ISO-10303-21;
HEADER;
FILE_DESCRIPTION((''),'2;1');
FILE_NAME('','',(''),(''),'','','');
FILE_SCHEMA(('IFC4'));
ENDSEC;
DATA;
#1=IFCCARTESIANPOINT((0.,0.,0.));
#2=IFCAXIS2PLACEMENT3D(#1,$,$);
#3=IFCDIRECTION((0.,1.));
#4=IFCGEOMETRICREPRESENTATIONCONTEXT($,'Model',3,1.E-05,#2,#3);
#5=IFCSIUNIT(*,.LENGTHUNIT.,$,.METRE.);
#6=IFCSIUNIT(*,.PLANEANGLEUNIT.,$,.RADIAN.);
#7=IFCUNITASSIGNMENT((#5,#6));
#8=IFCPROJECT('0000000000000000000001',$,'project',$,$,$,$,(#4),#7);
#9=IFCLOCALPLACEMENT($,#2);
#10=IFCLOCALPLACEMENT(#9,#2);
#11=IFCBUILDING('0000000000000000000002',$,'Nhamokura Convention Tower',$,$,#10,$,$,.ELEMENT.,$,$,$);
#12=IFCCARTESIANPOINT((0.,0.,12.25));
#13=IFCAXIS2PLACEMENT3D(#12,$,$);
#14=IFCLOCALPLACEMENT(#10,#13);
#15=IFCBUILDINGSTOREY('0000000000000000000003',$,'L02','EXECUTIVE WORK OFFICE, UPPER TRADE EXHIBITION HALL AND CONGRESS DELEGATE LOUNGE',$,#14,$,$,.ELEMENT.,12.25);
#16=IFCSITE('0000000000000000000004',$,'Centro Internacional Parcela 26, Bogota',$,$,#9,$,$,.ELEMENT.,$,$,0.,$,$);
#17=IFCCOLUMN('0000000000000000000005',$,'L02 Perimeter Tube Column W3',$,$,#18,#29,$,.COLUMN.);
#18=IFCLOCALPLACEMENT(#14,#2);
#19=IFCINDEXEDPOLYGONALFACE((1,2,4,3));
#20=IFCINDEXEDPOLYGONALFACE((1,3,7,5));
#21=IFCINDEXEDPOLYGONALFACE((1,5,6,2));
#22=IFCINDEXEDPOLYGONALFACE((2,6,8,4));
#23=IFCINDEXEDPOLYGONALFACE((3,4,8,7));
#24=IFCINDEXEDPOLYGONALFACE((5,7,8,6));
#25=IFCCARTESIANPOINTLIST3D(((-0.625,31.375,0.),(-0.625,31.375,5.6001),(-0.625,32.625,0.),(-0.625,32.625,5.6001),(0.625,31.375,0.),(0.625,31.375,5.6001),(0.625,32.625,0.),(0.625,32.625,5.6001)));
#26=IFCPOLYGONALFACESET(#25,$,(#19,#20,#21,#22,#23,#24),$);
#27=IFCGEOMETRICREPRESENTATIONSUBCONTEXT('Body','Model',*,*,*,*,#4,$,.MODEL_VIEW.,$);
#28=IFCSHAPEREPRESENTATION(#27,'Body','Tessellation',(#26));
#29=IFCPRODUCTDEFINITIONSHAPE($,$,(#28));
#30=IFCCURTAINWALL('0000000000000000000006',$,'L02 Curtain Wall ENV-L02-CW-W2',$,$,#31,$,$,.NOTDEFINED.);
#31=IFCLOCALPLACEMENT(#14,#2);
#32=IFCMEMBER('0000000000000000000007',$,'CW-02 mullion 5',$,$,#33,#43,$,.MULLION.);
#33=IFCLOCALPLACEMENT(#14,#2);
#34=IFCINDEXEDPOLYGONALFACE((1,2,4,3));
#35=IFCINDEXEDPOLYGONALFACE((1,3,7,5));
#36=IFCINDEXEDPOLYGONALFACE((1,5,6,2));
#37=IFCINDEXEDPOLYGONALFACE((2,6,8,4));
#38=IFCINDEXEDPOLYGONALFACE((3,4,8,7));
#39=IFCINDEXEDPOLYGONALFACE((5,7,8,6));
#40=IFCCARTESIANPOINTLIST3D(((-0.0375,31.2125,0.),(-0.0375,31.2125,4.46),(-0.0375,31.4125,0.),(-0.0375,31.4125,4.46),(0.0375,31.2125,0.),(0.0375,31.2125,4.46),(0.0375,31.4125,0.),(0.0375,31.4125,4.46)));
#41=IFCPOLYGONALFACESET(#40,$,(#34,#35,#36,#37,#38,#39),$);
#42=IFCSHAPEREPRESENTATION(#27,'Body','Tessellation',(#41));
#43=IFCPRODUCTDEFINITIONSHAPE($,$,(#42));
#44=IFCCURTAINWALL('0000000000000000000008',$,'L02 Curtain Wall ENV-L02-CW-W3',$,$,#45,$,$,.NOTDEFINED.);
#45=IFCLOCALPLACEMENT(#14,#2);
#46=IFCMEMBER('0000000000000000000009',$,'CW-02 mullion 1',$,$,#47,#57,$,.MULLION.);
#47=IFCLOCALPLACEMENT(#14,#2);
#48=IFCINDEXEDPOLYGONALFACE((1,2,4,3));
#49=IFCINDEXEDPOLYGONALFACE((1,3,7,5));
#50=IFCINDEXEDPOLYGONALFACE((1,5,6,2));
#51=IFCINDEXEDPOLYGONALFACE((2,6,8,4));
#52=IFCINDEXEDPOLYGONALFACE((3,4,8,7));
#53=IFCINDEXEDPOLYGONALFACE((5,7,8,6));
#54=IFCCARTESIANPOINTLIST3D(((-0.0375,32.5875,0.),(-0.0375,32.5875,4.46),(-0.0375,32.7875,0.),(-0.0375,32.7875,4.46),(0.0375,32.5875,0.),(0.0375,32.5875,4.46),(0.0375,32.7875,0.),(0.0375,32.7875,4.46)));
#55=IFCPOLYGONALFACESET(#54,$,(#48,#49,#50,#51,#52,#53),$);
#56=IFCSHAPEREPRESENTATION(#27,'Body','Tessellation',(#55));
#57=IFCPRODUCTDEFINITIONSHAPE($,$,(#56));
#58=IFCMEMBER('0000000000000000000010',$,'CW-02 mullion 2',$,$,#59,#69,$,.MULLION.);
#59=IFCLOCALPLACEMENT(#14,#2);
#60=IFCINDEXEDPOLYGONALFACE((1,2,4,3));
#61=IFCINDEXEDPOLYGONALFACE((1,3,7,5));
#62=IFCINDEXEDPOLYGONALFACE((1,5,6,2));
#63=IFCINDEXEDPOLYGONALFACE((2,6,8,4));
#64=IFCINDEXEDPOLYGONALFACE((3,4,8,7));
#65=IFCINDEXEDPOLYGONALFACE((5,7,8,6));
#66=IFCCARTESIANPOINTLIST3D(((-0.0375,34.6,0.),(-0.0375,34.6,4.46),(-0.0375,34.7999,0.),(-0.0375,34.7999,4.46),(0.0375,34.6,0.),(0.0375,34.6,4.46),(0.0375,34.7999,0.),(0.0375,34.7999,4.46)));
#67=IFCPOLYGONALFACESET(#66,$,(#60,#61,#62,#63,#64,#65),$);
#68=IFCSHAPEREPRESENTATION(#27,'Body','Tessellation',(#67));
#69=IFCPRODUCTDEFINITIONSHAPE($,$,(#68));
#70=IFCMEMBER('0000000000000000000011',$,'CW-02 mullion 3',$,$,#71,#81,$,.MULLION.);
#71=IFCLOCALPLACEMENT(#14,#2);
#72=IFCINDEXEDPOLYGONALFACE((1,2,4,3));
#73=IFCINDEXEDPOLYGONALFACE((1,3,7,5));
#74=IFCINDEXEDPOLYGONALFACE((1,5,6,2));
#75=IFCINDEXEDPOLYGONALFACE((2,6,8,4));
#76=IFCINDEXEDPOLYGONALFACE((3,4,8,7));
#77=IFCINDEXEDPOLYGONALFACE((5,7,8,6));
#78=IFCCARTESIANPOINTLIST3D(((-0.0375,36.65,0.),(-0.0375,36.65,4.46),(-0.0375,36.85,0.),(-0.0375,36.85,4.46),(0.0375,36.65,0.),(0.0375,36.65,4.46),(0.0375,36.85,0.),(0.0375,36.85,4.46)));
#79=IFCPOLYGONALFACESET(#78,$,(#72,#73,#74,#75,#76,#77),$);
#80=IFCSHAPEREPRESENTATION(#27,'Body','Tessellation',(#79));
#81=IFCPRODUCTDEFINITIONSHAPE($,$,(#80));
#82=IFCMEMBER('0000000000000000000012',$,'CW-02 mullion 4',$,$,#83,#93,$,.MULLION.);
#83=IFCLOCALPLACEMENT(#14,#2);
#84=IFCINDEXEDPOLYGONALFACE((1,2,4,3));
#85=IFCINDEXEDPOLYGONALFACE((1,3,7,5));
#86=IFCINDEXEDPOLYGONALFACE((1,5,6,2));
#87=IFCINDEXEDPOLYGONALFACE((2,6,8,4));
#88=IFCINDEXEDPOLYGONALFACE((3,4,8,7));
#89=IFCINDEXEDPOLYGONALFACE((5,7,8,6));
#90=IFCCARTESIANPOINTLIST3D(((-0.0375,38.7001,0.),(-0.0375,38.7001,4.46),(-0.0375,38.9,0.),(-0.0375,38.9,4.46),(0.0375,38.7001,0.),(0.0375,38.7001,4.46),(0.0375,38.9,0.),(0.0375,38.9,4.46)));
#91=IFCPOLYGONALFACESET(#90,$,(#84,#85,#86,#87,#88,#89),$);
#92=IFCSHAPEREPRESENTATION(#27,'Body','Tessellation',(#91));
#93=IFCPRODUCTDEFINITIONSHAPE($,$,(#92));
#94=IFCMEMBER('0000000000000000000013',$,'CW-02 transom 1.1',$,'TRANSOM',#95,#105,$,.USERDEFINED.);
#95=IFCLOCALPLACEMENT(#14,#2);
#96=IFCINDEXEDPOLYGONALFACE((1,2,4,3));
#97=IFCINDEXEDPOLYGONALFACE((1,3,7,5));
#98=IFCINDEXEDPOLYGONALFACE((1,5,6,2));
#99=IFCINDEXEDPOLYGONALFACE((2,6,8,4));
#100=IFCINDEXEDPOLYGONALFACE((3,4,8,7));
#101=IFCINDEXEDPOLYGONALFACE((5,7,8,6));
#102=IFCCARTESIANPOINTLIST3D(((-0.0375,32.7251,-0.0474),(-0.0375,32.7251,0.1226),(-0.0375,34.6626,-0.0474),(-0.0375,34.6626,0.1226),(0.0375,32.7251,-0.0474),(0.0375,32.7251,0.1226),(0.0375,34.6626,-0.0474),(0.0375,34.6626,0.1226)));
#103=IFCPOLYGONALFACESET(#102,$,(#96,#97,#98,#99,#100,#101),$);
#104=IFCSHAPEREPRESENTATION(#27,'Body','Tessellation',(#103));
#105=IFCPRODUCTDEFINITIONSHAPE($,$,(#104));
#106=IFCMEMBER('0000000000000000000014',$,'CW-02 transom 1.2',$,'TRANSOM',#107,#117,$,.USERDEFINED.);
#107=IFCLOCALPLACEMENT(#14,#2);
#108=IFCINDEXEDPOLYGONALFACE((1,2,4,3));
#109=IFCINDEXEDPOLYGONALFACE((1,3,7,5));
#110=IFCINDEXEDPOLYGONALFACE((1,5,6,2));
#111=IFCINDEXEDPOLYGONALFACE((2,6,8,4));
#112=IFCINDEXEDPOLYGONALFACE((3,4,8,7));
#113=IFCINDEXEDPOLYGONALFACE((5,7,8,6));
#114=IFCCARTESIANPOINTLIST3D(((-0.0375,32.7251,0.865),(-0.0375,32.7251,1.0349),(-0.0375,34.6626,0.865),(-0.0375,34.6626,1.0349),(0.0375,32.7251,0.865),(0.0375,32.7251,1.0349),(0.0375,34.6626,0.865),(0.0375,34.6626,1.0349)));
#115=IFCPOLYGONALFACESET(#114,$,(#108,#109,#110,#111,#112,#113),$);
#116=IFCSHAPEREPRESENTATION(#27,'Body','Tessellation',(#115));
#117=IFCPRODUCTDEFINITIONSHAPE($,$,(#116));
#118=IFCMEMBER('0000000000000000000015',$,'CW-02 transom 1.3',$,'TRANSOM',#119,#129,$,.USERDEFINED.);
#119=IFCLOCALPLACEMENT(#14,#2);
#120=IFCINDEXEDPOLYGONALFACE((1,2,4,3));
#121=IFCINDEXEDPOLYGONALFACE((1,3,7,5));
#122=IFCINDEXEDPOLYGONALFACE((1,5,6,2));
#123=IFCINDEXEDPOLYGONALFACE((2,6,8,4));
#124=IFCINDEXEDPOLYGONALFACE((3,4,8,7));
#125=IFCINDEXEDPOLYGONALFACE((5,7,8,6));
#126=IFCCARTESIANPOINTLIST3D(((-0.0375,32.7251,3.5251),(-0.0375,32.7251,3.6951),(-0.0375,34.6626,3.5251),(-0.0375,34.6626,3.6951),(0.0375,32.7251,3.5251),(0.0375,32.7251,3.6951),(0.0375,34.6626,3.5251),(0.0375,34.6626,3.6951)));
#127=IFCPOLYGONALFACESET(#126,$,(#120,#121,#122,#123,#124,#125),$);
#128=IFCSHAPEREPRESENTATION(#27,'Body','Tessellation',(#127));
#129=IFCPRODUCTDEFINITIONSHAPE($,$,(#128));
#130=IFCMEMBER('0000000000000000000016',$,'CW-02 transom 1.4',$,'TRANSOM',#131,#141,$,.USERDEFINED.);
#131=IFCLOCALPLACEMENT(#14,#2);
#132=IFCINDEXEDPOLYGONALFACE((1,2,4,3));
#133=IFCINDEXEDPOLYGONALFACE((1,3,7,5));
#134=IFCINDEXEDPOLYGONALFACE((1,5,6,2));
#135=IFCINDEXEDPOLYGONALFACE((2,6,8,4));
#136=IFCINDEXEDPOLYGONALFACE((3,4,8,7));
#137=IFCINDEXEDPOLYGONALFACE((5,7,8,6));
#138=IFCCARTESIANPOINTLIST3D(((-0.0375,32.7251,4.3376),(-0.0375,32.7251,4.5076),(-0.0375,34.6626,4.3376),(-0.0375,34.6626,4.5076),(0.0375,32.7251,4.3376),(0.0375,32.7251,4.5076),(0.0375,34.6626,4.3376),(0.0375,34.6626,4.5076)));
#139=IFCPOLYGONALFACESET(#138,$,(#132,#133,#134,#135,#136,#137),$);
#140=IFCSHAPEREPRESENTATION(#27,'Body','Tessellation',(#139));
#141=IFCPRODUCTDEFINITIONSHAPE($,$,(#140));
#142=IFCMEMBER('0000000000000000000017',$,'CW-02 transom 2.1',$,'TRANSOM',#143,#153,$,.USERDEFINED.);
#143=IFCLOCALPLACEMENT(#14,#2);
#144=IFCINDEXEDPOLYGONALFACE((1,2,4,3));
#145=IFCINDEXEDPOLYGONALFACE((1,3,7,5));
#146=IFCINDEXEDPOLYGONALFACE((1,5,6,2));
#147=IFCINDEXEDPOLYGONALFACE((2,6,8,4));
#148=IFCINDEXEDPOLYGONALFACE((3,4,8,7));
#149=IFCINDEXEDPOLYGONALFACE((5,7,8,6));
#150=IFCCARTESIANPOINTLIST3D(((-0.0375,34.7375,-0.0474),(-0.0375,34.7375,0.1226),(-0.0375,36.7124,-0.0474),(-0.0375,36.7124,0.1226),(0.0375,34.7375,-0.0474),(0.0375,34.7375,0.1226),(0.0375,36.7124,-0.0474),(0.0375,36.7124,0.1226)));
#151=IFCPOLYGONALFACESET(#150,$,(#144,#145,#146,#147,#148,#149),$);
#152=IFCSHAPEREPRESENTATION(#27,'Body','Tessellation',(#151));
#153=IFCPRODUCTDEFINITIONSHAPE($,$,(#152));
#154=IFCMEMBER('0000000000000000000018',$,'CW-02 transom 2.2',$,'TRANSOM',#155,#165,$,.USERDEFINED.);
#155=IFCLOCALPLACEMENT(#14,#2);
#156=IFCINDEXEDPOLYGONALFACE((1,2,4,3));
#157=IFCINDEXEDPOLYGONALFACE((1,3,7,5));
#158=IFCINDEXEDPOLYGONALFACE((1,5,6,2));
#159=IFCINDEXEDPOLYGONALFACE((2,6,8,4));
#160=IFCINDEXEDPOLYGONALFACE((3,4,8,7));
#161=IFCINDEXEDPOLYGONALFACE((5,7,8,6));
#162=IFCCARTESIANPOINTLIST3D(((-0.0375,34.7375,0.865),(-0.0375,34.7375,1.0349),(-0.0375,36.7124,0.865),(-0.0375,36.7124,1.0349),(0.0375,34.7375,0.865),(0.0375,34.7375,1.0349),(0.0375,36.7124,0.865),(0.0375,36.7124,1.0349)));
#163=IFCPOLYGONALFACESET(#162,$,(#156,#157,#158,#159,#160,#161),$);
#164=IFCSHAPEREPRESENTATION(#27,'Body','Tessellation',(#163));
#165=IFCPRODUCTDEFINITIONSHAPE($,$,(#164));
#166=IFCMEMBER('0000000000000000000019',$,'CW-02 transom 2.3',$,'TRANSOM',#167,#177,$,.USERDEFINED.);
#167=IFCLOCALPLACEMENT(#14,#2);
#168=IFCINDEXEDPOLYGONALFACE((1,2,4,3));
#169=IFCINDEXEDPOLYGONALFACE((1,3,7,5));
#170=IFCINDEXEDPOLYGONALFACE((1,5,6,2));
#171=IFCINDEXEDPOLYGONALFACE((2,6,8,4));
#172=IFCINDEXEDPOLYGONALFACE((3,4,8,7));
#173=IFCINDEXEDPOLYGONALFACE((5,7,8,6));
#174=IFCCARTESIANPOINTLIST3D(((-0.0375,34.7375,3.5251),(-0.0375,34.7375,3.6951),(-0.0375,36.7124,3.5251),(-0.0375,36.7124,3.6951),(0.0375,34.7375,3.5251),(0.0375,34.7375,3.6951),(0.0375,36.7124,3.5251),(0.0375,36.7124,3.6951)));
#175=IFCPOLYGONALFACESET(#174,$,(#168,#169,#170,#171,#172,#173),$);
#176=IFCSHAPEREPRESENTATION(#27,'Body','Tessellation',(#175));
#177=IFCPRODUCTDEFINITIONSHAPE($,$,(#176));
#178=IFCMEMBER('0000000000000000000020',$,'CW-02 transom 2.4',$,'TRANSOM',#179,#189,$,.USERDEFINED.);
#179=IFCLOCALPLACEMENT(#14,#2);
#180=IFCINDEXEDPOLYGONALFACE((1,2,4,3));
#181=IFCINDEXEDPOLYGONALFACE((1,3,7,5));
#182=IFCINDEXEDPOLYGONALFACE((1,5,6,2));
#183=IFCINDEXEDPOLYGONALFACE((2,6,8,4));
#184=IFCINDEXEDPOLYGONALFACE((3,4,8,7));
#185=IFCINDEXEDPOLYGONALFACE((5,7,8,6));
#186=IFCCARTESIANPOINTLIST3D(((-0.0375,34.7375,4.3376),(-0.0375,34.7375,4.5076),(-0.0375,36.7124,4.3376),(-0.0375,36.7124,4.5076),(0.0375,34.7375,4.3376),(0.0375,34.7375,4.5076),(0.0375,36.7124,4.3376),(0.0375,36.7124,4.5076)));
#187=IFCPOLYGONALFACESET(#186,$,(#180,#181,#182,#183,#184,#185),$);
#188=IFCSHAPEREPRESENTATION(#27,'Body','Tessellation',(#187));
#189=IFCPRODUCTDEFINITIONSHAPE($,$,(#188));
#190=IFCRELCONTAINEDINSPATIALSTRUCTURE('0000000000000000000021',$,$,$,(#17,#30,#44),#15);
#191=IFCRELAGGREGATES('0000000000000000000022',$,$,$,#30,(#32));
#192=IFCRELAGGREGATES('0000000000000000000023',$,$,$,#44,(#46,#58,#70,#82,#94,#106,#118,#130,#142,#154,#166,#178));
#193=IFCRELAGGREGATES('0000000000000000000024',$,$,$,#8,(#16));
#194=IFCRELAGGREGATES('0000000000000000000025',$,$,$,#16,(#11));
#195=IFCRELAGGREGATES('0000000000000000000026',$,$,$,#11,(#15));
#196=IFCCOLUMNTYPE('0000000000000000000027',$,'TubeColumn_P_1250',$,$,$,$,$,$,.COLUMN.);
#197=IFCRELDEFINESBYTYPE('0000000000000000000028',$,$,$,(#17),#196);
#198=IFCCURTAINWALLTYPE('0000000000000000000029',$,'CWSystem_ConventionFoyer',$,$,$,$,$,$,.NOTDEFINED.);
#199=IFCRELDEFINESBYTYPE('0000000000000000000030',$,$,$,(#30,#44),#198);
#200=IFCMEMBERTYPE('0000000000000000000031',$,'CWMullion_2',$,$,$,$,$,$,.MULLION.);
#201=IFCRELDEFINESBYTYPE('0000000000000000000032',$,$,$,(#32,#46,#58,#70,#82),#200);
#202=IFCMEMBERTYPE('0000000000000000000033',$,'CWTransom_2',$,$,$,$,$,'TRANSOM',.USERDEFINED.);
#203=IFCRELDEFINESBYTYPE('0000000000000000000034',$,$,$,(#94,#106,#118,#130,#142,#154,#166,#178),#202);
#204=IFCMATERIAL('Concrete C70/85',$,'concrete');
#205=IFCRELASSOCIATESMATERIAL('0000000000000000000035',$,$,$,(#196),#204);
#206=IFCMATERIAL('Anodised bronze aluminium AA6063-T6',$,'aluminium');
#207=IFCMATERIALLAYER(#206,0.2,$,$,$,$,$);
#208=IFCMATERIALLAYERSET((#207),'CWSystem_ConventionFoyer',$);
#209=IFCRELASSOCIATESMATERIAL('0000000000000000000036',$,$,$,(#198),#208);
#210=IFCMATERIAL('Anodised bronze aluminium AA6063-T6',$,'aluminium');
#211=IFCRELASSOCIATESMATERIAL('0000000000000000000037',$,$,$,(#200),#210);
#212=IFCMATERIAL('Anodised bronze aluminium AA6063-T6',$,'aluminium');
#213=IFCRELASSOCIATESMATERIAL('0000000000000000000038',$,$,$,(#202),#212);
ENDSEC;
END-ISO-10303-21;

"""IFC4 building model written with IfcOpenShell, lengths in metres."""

from ifc_helpers import new_model, si_unit, direction, frame, origin, origin_2d, place, context, subcontext, project, spatial, rectangle, extrude, material, layer, layer_set, material_profile, profile_set, type_object, element, aggregate, save


model = new_model("IFC4")

# Units and contexts
model_context = context("Model", 3, precision=1e-05, world=origin(), true_north=direction((0.0, 1.0)))
body_context = subcontext(model_context, "Body", "Model", "MODEL_VIEW")
ifc_project = project(units=[si_unit("LENGTHUNIT", "METRE"), si_unit("PLANEANGLEUNIT", "RADIAN")], contexts=[model_context])

# Site, building, storey
site_placement = place(None, origin())
site = spatial("IfcSite", under=ifc_project, at=site_placement, Name="Centro Internacional Parcela 26, Bogota", CompositionType="ELEMENT", RefElevation=0.0)
building_placement = place(site_placement, origin())
building = spatial("IfcBuilding", under=site, at=building_placement, Name="Nhamokura Convention Tower", CompositionType="ELEMENT")
storey_placement = place(building_placement, frame((0.0, 0.0, 12.25)))
storey = spatial("IfcBuildingStorey", under=building, at=storey_placement, Name="L02", Description="EXECUTIVE WORK OFFICE, UPPER TRADE EXHIBITION HALL AND CONGRESS DELEGATE LOUNGE", CompositionType="ELEMENT", Elevation=12.25)

# Column
ifc_material_1 = material(Name="Concrete C70/85", Category="concrete")
ifc_material_profile_1 = material_profile(ifc_material_1, rectangle(XDim=1.25, YDim=1.25, at=origin_2d()))
ifc_profile_set_1 = profile_set([ifc_material_profile_1], Name="Concrete C70/85")
column_type = type_object("IfcColumnType", Name="TubeColumn_P_1250", PredefinedType="COLUMN", material=ifc_profile_set_1)
column_placement = place(storey_placement, frame((0.0, 32.0, 0.0), z_axis=(0.0, 0.0, 1.0), x_axis=(1.0, 0.0, 0.0)))
element("IfcColumn", 1, at=column_placement, inside=storey, type_object=column_type, Name="L02 Perimeter Tube Column W3", PredefinedType="COLUMN", context=body_context, shape_type="SweptSolid", body=[
    extrude(rectangle(XDim=1.25, YDim=1.25, at=origin_2d()), origin(), (0.0, 0.0, 1.0), 5.6001),
])

# Curtain wall, member
ifc_material_2 = material(Name="Anodised bronze aluminium AA6063-T6", Category="aluminium")
ifc_layer_1 = layer(ifc_material_2, 0.2)
ifc_layer_set_1 = layer_set([ifc_layer_1], Name="CWSystem_ConventionFoyer")
curtain_wall_type = type_object("IfcCurtainWallType", Name="CWSystem_ConventionFoyer", PredefinedType="NOTDEFINED", material=ifc_layer_set_1)
curtain_wall_1_placement = place(storey_placement, origin())
curtain_wall_1 = element("IfcCurtainWall", 2, at=curtain_wall_1_placement, inside=storey, type_object=curtain_wall_type, Name="L02 Curtain Wall ENV-L02-CW-W2", PredefinedType="NOTDEFINED")
ifc_material_3 = material(Name="Anodised bronze aluminium AA6063-T6", Category="aluminium")
ifc_material_profile_2 = material_profile(ifc_material_3, rectangle(XDim=0.075, YDim=0.2, at=origin_2d()))
ifc_profile_set_2 = profile_set([ifc_material_profile_2], Name="Anodised bronze aluminium AA6063-T6")
member_type_1 = type_object("IfcMemberType", Name="CWMullion_2", PredefinedType="MULLION", material=ifc_profile_set_2)
member_1_placement = place(storey_placement, frame((0.0, 31.3125, 0.0), z_axis=(0.0, 0.0, 1.0), x_axis=(-1.0, 0.0, 0.0)))
member_1 = element("IfcMember", 3, at=member_1_placement, type_object=member_type_1, Name="CW-02 mullion 5", PredefinedType="MULLION", context=body_context, shape_type="SweptSolid", body=[
    extrude(rectangle(XDim=0.075, YDim=0.2, at=origin_2d()), origin(), (0.0, 0.0, 1.0), 4.46),
])

# Curtain wall, members
curtain_wall_2_placement = place(storey_placement, origin())
curtain_wall_2 = element("IfcCurtainWall", 4, at=curtain_wall_2_placement, inside=storey, type_object=curtain_wall_type, Name="L02 Curtain Wall ENV-L02-CW-W3", PredefinedType="NOTDEFINED")
member_2_placement = place(storey_placement, frame((0.0, 32.6875, 0.0), z_axis=(0.0, 0.0, 1.0), x_axis=(-1.0, 0.0, 0.0)))
member_2 = element("IfcMember", 5, at=member_2_placement, type_object=member_type_1, Name="CW-02 mullion 1", PredefinedType="MULLION", context=body_context, shape_type="SweptSolid", body=[
    extrude(rectangle(XDim=0.075, YDim=0.2, at=origin_2d()), origin(), (0.0, 0.0, 1.0), 4.46),
])
member_3_placement = place(storey_placement, frame((0.0, 34.7, 0.0), z_axis=(0.0, 0.0, 1.0), x_axis=(-1.0, 0.0, 0.0)))
member_3 = element("IfcMember", 6, at=member_3_placement, type_object=member_type_1, Name="CW-02 mullion 2", PredefinedType="MULLION", context=body_context, shape_type="SweptSolid", body=[
    extrude(rectangle(XDim=0.075, YDim=0.2, at=origin_2d()), origin(), (0.0, 0.0, 1.0), 4.46),
])
member_4_placement = place(storey_placement, frame((0.0, 36.75, 0.0), z_axis=(0.0, 0.0, 1.0), x_axis=(-1.0, 0.0, 0.0)))
member_4 = element("IfcMember", 7, at=member_4_placement, type_object=member_type_1, Name="CW-02 mullion 3", PredefinedType="MULLION", context=body_context, shape_type="SweptSolid", body=[
    extrude(rectangle(XDim=0.075, YDim=0.2, at=origin_2d()), origin(), (0.0, 0.0, 1.0), 4.46),
])
member_5_placement = place(storey_placement, frame((0.0, 38.8, 0.0), z_axis=(0.0, 0.0, 1.0), x_axis=(-1.0, 0.0, 0.0)))
member_5 = element("IfcMember", 8, at=member_5_placement, type_object=member_type_1, Name="CW-02 mullion 4", PredefinedType="MULLION", context=body_context, shape_type="SweptSolid", body=[
    extrude(rectangle(XDim=0.075, YDim=0.2, at=origin_2d()), origin(), (0.0, 0.0, 1.0), 4.46),
])
ifc_material_4 = material(Name="Anodised bronze aluminium AA6063-T6", Category="aluminium")
ifc_material_profile_3 = material_profile(ifc_material_4, rectangle(XDim=0.075, YDim=0.1699, at=origin_2d()))
ifc_profile_set_3 = profile_set([ifc_material_profile_3], Name="Anodised bronze aluminium AA6063-T6")
member_type_2 = type_object("IfcMemberType", Name="CWTransom_2", ElementType="TRANSOM", PredefinedType="USERDEFINED", material=ifc_profile_set_3)
member_6_placement = place(storey_placement, frame((0.0, 32.7251, 0.0376), z_axis=(0.0, 1.0, 0.0), x_axis=(-1.0, 0.0, 0.0)))
member_6 = element("IfcMember", 9, at=member_6_placement, type_object=member_type_2, Name="CW-02 transom 1.1", ObjectType="TRANSOM", PredefinedType="USERDEFINED", context=body_context, shape_type="SweptSolid", body=[
    extrude(rectangle(XDim=0.075, YDim=0.1699, at=origin_2d()), origin(), (0.0, 0.0, 1.0), 1.9375),
])
member_7_placement = place(storey_placement, frame((0.0, 32.7251, 0.95), z_axis=(0.0, 1.0, 0.0), x_axis=(-1.0, 0.0, 0.0)))
member_7 = element("IfcMember", 10, at=member_7_placement, type_object=member_type_2, Name="CW-02 transom 1.2", ObjectType="TRANSOM", PredefinedType="USERDEFINED", context=body_context, shape_type="SweptSolid", body=[
    extrude(rectangle(XDim=0.075, YDim=0.1699, at=origin_2d()), origin(), (0.0, 0.0, 1.0), 1.9375),
])
member_8_placement = place(storey_placement, frame((0.0, 32.7251, 3.6101), z_axis=(0.0, 1.0, 0.0), x_axis=(-1.0, 0.0, 0.0)))
member_8 = element("IfcMember", 11, at=member_8_placement, type_object=member_type_2, Name="CW-02 transom 1.3", ObjectType="TRANSOM", PredefinedType="USERDEFINED", context=body_context, shape_type="SweptSolid", body=[
    extrude(rectangle(XDim=0.075, YDim=0.1699, at=origin_2d()), origin(), (0.0, 0.0, 1.0), 1.9375),
])
member_9_placement = place(storey_placement, frame((0.0, 32.7251, 4.4226), z_axis=(0.0, 1.0, 0.0), x_axis=(-1.0, 0.0, 0.0)))
member_9 = element("IfcMember", 12, at=member_9_placement, type_object=member_type_2, Name="CW-02 transom 1.4", ObjectType="TRANSOM", PredefinedType="USERDEFINED", context=body_context, shape_type="SweptSolid", body=[
    extrude(rectangle(XDim=0.075, YDim=0.1699, at=origin_2d()), origin(), (0.0, 0.0, 1.0), 1.9375),
])
member_10_placement = place(storey_placement, frame((0.0, 34.7375, 0.0376), z_axis=(0.0, 1.0, 0.0), x_axis=(-1.0, 0.0, 0.0)))
member_10 = element("IfcMember", 13, at=member_10_placement, type_object=member_type_2, Name="CW-02 transom 2.1", ObjectType="TRANSOM", PredefinedType="USERDEFINED", context=body_context, shape_type="SweptSolid", body=[
    extrude(rectangle(XDim=0.075, YDim=0.1699, at=origin_2d()), origin(), (0.0, 0.0, 1.0), 1.9749),
])
member_11_placement = place(storey_placement, frame((0.0, 34.7375, 0.95), z_axis=(0.0, 1.0, 0.0), x_axis=(-1.0, 0.0, 0.0)))
member_11 = element("IfcMember", 14, at=member_11_placement, type_object=member_type_2, Name="CW-02 transom 2.2", ObjectType="TRANSOM", PredefinedType="USERDEFINED", context=body_context, shape_type="SweptSolid", body=[
    extrude(rectangle(XDim=0.075, YDim=0.1699, at=origin_2d()), origin(), (0.0, 0.0, 1.0), 1.9749),
])
member_12_placement = place(storey_placement, frame((0.0, 34.7375, 3.6101), z_axis=(0.0, 1.0, 0.0), x_axis=(-1.0, 0.0, 0.0)))
member_12 = element("IfcMember", 15, at=member_12_placement, type_object=member_type_2, Name="CW-02 transom 2.3", ObjectType="TRANSOM", PredefinedType="USERDEFINED", context=body_context, shape_type="SweptSolid", body=[
    extrude(rectangle(XDim=0.075, YDim=0.1699, at=origin_2d()), origin(), (0.0, 0.0, 1.0), 1.9749),
])
member_13_placement = place(storey_placement, frame((0.0, 34.7375, 4.4226), z_axis=(0.0, 1.0, 0.0), x_axis=(-1.0, 0.0, 0.0)))
member_13 = element("IfcMember", 16, at=member_13_placement, type_object=member_type_2, Name="CW-02 transom 2.4", ObjectType="TRANSOM", PredefinedType="USERDEFINED", context=body_context, shape_type="SweptSolid", body=[
    extrude(rectangle(XDim=0.075, YDim=0.1699, at=origin_2d()), origin(), (0.0, 0.0, 1.0), 1.9749),
])

aggregate(curtain_wall_1, [member_1])
aggregate(curtain_wall_2, [member_2, member_3, member_4, member_5, member_6, member_7, member_8, member_9, member_10, member_11, member_12, member_13])

save(model, "model.ifc")
